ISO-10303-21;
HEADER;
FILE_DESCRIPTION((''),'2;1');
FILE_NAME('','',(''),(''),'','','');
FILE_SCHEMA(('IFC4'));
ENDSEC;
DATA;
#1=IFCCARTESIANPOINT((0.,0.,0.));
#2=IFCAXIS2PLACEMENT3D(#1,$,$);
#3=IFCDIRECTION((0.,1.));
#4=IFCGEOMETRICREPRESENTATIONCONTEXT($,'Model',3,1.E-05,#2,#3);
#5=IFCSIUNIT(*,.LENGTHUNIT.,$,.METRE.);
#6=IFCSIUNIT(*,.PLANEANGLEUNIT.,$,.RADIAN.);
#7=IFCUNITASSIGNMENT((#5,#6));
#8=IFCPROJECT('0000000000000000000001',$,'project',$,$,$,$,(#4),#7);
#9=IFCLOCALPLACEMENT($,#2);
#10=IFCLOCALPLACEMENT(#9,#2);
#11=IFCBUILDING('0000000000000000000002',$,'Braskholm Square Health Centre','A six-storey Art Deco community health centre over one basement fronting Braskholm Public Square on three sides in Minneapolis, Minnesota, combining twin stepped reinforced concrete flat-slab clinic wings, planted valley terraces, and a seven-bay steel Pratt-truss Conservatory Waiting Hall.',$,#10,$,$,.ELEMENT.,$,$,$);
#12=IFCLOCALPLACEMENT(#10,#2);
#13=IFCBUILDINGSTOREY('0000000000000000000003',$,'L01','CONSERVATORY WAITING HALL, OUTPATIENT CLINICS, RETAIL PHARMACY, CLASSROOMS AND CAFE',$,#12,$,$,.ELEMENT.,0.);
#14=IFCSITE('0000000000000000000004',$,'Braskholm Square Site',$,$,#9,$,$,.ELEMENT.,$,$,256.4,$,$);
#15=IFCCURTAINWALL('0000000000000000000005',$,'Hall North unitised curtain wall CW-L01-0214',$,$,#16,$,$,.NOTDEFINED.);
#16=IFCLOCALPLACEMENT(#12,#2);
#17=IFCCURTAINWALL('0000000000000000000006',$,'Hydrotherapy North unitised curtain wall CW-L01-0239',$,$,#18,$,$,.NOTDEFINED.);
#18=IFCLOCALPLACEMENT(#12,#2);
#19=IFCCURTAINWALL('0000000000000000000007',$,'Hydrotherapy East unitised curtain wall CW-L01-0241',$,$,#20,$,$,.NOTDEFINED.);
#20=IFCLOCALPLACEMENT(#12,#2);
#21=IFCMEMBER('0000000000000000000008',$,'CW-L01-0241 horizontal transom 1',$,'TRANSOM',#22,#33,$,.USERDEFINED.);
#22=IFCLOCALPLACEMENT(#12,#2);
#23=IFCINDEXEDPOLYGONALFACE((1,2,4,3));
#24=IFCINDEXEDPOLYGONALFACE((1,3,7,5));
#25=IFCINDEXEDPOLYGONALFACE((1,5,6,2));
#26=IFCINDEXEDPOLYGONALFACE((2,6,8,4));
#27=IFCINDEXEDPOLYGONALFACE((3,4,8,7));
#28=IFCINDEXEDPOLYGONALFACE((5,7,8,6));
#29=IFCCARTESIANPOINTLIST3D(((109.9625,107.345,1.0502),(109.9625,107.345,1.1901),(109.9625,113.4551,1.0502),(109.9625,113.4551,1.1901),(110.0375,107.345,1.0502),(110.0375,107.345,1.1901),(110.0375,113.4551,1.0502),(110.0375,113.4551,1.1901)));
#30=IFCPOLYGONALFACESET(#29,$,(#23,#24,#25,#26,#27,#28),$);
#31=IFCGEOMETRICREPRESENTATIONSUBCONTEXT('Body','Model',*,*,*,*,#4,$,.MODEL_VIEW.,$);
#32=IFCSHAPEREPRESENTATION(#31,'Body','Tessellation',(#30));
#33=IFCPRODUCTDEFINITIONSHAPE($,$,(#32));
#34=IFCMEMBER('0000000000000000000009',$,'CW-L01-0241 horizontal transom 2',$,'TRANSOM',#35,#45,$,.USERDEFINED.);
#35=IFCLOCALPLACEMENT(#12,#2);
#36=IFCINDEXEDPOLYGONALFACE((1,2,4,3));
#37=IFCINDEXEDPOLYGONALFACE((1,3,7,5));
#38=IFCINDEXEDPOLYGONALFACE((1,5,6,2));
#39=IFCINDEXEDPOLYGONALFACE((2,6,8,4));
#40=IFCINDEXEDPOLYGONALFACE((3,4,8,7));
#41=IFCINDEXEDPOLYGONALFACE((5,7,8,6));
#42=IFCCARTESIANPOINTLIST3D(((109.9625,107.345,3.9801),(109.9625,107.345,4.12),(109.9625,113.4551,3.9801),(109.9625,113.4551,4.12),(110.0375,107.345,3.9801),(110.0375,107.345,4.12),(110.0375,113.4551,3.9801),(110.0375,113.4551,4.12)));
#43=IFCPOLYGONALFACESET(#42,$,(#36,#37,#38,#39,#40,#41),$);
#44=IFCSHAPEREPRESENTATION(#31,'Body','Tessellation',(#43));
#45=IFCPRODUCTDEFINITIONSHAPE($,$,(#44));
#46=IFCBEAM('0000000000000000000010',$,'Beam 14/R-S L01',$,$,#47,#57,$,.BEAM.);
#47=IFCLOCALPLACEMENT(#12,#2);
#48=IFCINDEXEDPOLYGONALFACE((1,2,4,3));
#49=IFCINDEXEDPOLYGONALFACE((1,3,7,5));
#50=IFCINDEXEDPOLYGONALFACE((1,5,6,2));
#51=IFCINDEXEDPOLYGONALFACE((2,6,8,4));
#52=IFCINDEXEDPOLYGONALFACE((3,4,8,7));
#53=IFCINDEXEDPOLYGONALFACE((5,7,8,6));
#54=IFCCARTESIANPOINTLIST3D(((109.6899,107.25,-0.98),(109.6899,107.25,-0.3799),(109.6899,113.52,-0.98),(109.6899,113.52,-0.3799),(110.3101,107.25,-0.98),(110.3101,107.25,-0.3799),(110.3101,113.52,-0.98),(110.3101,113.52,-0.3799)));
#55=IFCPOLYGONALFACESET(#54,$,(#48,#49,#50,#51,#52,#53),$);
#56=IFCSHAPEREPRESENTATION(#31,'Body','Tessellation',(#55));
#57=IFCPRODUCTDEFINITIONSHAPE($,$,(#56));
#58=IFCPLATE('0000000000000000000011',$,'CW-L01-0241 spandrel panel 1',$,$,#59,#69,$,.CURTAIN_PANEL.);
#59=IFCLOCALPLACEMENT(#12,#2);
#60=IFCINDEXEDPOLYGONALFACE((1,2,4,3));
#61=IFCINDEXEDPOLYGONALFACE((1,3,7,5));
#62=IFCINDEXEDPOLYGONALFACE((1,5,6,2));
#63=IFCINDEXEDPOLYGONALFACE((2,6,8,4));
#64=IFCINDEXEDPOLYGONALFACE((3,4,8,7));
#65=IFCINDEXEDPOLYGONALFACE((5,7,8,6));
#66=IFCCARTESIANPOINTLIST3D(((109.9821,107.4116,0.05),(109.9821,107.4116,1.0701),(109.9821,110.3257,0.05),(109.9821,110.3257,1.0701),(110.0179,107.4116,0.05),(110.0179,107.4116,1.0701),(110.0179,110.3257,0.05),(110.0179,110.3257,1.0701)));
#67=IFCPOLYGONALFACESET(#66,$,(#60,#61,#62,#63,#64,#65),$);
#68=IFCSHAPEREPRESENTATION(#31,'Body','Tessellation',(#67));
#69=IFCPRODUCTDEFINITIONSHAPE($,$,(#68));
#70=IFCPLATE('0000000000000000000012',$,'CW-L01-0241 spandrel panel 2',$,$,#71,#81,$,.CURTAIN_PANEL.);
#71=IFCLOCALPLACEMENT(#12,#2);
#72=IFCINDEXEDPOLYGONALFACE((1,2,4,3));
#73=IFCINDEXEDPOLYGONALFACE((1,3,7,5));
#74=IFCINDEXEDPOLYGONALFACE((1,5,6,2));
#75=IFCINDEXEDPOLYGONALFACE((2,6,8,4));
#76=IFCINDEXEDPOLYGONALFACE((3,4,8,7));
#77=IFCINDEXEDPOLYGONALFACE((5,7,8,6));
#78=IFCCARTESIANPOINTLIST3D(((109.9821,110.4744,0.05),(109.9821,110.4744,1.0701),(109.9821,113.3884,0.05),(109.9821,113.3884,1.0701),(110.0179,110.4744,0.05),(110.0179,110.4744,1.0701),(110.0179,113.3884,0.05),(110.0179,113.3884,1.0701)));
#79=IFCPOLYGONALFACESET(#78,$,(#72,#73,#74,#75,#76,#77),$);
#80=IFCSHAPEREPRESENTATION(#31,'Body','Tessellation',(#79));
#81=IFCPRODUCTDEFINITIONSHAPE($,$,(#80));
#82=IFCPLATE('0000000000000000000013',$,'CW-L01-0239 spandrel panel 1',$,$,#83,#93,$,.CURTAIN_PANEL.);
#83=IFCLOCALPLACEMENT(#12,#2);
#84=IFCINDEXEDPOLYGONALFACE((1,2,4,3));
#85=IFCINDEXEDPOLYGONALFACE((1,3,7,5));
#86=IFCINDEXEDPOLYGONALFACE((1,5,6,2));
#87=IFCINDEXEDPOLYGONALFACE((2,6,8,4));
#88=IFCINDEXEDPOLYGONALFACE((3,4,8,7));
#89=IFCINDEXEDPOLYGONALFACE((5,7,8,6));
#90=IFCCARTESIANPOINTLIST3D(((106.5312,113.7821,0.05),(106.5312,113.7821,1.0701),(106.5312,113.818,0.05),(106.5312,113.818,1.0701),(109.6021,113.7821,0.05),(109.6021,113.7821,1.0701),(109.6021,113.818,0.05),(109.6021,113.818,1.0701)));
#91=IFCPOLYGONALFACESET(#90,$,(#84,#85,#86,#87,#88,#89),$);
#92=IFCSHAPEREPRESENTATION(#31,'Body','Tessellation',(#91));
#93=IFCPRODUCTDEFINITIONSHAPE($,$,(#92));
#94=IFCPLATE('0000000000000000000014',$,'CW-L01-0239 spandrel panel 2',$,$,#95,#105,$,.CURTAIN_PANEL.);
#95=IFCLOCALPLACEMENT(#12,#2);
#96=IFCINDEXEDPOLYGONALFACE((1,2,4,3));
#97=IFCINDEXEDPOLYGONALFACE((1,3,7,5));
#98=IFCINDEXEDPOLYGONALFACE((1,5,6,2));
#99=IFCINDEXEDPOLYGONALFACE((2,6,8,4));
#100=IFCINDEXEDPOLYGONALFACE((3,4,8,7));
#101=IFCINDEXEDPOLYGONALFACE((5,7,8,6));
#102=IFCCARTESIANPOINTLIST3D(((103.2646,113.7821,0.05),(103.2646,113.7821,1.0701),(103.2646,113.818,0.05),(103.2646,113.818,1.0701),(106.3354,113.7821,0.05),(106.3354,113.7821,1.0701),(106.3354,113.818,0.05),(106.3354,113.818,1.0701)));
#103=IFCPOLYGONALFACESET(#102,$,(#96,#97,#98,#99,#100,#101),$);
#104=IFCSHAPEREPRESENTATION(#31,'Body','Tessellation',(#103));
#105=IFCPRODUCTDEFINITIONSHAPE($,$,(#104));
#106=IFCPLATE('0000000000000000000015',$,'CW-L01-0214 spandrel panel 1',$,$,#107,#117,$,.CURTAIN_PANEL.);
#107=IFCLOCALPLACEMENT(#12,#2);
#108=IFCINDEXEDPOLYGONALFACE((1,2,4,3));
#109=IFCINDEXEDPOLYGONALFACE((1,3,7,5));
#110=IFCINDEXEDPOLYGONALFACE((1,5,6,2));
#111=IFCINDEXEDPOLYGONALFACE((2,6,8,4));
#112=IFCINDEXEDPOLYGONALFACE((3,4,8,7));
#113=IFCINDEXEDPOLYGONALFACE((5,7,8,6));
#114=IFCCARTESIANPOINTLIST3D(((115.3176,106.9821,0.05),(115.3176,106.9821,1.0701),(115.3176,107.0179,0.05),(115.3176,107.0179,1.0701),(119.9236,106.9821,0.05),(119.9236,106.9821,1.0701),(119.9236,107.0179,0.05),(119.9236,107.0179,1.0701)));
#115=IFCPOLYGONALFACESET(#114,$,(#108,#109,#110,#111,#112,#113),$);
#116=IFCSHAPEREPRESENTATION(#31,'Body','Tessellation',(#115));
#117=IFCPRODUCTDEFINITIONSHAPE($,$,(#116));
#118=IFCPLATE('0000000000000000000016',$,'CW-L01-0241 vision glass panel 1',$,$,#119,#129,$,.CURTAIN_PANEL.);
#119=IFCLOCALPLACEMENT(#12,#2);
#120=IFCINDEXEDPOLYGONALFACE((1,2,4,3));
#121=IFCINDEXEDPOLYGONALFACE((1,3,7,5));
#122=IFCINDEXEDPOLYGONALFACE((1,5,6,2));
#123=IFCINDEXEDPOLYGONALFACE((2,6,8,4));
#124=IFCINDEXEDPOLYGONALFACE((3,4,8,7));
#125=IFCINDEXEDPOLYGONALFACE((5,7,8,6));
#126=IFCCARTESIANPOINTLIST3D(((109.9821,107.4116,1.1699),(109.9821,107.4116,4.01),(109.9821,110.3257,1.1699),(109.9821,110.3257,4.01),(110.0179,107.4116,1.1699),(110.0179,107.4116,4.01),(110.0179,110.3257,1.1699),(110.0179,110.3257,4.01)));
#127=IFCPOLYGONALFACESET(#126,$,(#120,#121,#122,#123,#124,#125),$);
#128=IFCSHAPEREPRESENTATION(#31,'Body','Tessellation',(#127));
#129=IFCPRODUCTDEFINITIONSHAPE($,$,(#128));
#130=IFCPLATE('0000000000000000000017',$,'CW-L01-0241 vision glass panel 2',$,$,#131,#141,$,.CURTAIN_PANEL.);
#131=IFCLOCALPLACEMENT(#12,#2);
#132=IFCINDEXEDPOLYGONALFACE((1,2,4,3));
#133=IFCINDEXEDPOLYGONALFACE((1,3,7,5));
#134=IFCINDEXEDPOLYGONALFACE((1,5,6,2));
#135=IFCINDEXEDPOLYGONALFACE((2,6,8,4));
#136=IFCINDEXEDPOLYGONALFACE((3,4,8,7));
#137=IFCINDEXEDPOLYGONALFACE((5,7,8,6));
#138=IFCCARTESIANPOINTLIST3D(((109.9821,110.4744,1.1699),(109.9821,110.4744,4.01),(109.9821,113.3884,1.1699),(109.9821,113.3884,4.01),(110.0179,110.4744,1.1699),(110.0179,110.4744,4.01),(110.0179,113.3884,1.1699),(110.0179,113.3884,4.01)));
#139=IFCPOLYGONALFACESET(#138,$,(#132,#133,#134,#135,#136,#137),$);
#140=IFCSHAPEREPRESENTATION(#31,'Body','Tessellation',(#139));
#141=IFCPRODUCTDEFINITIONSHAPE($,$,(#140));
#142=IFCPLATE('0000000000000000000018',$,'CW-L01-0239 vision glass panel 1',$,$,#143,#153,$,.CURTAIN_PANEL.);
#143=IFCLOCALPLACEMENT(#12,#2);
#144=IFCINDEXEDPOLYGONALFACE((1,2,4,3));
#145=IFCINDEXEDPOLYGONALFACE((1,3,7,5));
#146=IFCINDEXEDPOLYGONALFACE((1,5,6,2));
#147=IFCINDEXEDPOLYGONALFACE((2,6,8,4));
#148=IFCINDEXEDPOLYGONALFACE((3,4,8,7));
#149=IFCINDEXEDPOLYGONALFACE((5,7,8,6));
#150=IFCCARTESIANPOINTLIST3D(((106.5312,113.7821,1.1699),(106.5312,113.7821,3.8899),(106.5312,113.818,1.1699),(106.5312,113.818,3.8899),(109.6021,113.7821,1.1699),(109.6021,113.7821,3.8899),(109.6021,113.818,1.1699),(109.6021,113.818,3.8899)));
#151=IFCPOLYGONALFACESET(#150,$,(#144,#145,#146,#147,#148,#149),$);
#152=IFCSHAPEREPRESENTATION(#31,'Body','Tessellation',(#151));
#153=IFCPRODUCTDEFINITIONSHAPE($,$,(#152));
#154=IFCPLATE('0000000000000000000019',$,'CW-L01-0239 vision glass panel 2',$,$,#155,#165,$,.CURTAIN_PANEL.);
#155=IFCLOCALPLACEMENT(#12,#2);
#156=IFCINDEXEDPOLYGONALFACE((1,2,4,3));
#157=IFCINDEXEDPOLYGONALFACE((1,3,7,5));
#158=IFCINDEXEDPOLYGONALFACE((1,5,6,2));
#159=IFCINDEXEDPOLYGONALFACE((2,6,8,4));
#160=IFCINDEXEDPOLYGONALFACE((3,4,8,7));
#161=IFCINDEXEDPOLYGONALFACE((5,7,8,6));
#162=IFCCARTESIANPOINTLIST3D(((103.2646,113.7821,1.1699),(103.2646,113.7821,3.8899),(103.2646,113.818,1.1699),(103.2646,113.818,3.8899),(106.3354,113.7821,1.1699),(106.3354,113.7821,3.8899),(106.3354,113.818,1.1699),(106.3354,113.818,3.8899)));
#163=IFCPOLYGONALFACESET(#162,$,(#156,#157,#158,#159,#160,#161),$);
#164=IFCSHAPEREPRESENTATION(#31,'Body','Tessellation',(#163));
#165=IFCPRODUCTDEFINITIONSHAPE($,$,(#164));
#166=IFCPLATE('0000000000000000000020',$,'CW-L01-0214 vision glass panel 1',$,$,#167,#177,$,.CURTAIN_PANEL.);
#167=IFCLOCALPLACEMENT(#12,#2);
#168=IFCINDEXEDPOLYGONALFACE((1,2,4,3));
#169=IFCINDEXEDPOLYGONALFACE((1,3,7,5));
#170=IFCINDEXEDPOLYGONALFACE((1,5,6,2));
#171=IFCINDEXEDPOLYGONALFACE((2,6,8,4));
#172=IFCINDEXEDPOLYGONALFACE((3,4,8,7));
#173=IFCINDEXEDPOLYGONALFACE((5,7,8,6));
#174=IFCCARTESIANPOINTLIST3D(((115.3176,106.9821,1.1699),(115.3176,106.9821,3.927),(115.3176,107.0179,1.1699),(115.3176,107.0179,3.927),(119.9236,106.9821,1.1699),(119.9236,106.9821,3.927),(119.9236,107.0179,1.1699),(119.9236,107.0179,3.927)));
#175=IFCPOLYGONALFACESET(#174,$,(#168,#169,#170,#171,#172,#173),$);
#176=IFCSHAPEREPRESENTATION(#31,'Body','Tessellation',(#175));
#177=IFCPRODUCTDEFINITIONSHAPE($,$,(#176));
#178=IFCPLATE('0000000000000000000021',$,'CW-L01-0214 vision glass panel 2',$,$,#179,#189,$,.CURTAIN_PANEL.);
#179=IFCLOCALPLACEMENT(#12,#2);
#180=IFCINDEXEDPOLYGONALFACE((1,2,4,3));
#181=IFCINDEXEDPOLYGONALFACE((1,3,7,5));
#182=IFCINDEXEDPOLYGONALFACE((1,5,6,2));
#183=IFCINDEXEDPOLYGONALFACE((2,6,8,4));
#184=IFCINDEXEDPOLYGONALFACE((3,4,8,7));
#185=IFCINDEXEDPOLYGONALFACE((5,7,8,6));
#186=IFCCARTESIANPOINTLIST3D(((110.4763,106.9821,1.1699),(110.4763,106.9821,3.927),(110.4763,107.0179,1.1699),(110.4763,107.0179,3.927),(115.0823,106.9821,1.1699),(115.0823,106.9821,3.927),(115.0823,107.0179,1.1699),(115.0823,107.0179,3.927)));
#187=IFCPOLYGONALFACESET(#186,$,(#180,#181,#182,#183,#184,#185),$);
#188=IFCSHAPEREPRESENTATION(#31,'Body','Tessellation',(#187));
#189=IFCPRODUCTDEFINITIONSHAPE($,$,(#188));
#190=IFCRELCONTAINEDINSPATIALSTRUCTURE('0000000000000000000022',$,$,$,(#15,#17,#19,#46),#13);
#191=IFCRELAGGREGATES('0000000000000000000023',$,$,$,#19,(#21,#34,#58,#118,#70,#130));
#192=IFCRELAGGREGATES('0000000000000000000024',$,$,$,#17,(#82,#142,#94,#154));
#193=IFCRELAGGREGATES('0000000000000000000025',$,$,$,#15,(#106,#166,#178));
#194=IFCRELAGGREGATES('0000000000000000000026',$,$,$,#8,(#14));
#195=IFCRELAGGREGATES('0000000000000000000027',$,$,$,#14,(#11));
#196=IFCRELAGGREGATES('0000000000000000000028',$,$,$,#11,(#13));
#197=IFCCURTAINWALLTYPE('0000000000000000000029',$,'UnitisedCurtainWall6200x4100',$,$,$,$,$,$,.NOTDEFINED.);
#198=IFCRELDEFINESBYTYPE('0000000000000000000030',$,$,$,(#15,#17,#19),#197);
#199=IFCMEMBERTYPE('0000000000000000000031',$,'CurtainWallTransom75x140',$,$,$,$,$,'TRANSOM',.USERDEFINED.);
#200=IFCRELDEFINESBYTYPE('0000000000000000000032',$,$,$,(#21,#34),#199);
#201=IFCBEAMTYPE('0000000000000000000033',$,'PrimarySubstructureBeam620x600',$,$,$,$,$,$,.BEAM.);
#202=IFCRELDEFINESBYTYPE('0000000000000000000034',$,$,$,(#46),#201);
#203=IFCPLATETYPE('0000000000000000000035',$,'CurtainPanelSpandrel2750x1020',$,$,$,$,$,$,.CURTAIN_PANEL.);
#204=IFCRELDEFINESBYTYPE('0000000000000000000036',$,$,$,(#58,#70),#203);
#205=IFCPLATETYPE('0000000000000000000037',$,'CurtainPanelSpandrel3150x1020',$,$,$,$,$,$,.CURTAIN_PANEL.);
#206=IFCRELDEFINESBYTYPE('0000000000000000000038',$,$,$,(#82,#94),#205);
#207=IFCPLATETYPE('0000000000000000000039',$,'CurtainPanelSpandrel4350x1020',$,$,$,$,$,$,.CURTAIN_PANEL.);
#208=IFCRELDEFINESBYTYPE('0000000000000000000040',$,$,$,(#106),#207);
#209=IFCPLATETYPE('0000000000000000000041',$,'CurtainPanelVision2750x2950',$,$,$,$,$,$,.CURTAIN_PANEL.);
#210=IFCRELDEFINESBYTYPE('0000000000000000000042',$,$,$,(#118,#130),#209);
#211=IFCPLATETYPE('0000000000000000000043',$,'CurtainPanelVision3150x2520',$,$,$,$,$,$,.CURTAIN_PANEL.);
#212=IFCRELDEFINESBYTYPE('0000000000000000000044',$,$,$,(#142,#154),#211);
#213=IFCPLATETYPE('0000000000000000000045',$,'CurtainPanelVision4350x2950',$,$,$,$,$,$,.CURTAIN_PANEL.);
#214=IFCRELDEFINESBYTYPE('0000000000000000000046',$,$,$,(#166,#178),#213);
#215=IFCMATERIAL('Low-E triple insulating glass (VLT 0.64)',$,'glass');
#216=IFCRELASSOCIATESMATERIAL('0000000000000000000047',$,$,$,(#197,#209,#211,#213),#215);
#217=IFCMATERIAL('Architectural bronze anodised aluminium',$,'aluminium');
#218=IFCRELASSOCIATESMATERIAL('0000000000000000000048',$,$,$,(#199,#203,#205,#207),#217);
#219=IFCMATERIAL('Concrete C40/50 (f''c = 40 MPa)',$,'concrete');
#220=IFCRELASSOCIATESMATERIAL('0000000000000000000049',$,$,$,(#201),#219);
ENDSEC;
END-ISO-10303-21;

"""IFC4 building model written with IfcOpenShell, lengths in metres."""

from ifc_helpers import new_model, si_unit, direction, frame, origin, origin_2d, place, context, subcontext, project, spatial, rectangle, extrude, material, material_profile, profile_set, type_object, element, aggregate, save


model = new_model("IFC4")

# Units and contexts
model_context = context("Model", 3, precision=1e-05, world=origin(), true_north=direction((0.0, 1.0)))
body_context = subcontext(model_context, "Body", "Model", "MODEL_VIEW")
ifc_project = project(units=[si_unit("LENGTHUNIT", "METRE"), si_unit("PLANEANGLEUNIT", "RADIAN")], contexts=[model_context])

# Site, building, storey
site_placement = place(None, origin())
site = spatial("IfcSite", under=ifc_project, at=site_placement, Name="Braskholm Square Site", CompositionType="ELEMENT", RefElevation=256.4)
building_placement = place(site_placement, origin())
building = spatial("IfcBuilding", under=site, at=building_placement, Name="Braskholm Square Health Centre", Description="A six-storey Art Deco community health centre over one basement fronting Braskholm Public Square on three sides in Minneapolis, Minnesota, combining twin stepped reinforced concrete flat-slab clinic wings, planted valley terraces, and a seven-bay steel Pratt-truss Conservatory Waiting Hall.", CompositionType="ELEMENT")
storey_placement = place(building_placement, origin())
storey = spatial("IfcBuildingStorey", under=building, at=storey_placement, Name="L01", Description="CONSERVATORY WAITING HALL, OUTPATIENT CLINICS, RETAIL PHARMACY, CLASSROOMS AND CAFE", CompositionType="ELEMENT", Elevation=0.0)

# Shared definitions
ifc_material_1 = material(Name="Concrete C40/50 (f'c = 40 MPa)", Category="concrete")

# Curtain walls
ifc_material_2 = material(Name="Low-E triple insulating glass (VLT 0.64)", Category="glass")
curtain_wall_type = type_object("IfcCurtainWallType", Name="UnitisedCurtainWall6200x4100", PredefinedType="NOTDEFINED", material=ifc_material_2)
curtain_wall_1_placement = place(storey_placement, origin())
curtain_wall_1 = element("IfcCurtainWall", 1, at=curtain_wall_1_placement, inside=storey, type_object=curtain_wall_type, Name="Hall North unitised curtain wall CW-L01-0214", PredefinedType="NOTDEFINED")
ifc_material_3 = material(Name="Architectural bronze anodised aluminium", Category="aluminium")
curtain_wall_2_placement = place(storey_placement, origin())
curtain_wall_2 = element("IfcCurtainWall", 2, at=curtain_wall_2_placement, inside=storey, type_object=curtain_wall_type, Name="Hydrotherapy North unitised curtain wall CW-L01-0239", PredefinedType="NOTDEFINED")
curtain_wall_3_placement = place(storey_placement, origin())
curtain_wall_3 = element("IfcCurtainWall", 3, at=curtain_wall_3_placement, inside=storey, type_object=curtain_wall_type, Name="Hydrotherapy East unitised curtain wall CW-L01-0241", PredefinedType="NOTDEFINED")

# Members
ifc_material_profile_1 = material_profile(ifc_material_3, rectangle(XDim=0.075, YDim=0.1399, at=origin_2d()), Name="ALU-75X140")
ifc_profile_set_1 = profile_set([ifc_material_profile_1], Name="Architectural bronze anodised aluminium")
member_type_1 = type_object("IfcMemberType", Name="CurtainWallTransom75x140", ElementType="TRANSOM", PredefinedType="USERDEFINED", material=ifc_profile_set_1)
member_1_placement = place(storey_placement, frame((110.0, 107.345, 1.1201), z_axis=(0.0, 1.0, 0.0), x_axis=(-1.0, 0.0, 0.0)))
member_1 = element("IfcMember", 4, at=member_1_placement, type_object=member_type_1, Name="CW-L01-0241 horizontal transom 1", ObjectType="TRANSOM", PredefinedType="USERDEFINED", context=body_context, shape_type="SweptSolid", body=[
    extrude(rectangle(XDim=0.075, YDim=0.1399, at=origin_2d()), origin(), (0.0, 0.0, 1.0), 6.1101),
])
member_2_placement = place(storey_placement, frame((110.0, 107.345, 4.05), z_axis=(0.0, 1.0, 0.0), x_axis=(-1.0, 0.0, 0.0)))
member_2 = element("IfcMember", 5, at=member_2_placement, type_object=member_type_1, Name="CW-L01-0241 horizontal transom 2", ObjectType="TRANSOM", PredefinedType="USERDEFINED", context=body_context, shape_type="SweptSolid", body=[
    extrude(rectangle(XDim=0.075, YDim=0.1399, at=origin_2d()), origin(), (0.0, 0.0, 1.0), 6.1101),
])

# Beam
ifc_material_profile_2 = material_profile(ifc_material_1, rectangle(XDim=0.6201, YDim=0.6001, at=origin_2d()), Name="RCB-620X600")
ifc_profile_set_2 = profile_set([ifc_material_profile_2], Name="Concrete C40/50 (f'c = 40 MPa)")
beam_type = type_object("IfcBeamType", Name="PrimarySubstructureBeam620x600", PredefinedType="BEAM", material=ifc_profile_set_2)
beam_placement = place(storey_placement, frame((110.0, 107.25, -0.6799), z_axis=(0.0, 1.0, 0.0), x_axis=(-1.0, 0.0, 0.0)))
element("IfcBeam", 6, at=beam_placement, inside=storey, type_object=beam_type, Name="Beam 14/R-S L01", PredefinedType="BEAM", context=body_context, shape_type="SweptSolid", body=[
    extrude(rectangle(XDim=0.6201, YDim=0.6001, at=origin_2d()), origin(), (0.0, 0.0, 1.0), 6.27),
])

# Plates
plate_type_1 = type_object("IfcPlateType", Name="CurtainPanelSpandrel2750x1020", PredefinedType="CURTAIN_PANEL", material=ifc_material_3)
plate_1_placement = place(storey_placement, frame((110.0, 108.8687, 0.05), z_axis=(0.0, 0.0, 1.0), x_axis=(0.0, 1.0, 0.0)))
plate_1 = element("IfcPlate", 7, at=plate_1_placement, type_object=plate_type_1, Name="CW-L01-0241 spandrel panel 1", PredefinedType="CURTAIN_PANEL", context=body_context, shape_type="SweptSolid", body=[
    extrude(rectangle(XDim=2.9141, YDim=0.0359, at=origin_2d()), origin(), (0.0, 0.0, 1.0), 1.02),
])
plate_2_placement = place(storey_placement, frame((110.0, 111.9314, 0.05), z_axis=(0.0, 0.0, 1.0), x_axis=(0.0, 1.0, 0.0)))
plate_2 = element("IfcPlate", 8, at=plate_2_placement, type_object=plate_type_1, Name="CW-L01-0241 spandrel panel 2", PredefinedType="CURTAIN_PANEL", context=body_context, shape_type="SweptSolid", body=[
    extrude(rectangle(XDim=2.9141, YDim=0.0359, at=origin_2d()), origin(), (0.0, 0.0, 1.0), 1.02),
])
plate_type_2 = type_object("IfcPlateType", Name="CurtainPanelSpandrel3150x1020", PredefinedType="CURTAIN_PANEL", material=ifc_material_3)
plate_3_placement = place(storey_placement, frame((108.0667, 113.8, 0.05), z_axis=(0.0, 0.0, 1.0), x_axis=(-1.0, 0.0, 0.0)))
plate_3 = element("IfcPlate", 9, at=plate_3_placement, type_object=plate_type_2, Name="CW-L01-0239 spandrel panel 1", PredefinedType="CURTAIN_PANEL", context=body_context, shape_type="SweptSolid", body=[
    extrude(rectangle(XDim=3.0708, YDim=0.0359, at=origin_2d()), origin(), (0.0, 0.0, 1.0), 1.02),
])
plate_4_placement = place(storey_placement, frame((104.8, 113.8, 0.05), z_axis=(0.0, 0.0, 1.0), x_axis=(-1.0, 0.0, 0.0)))
plate_4 = element("IfcPlate", 10, at=plate_4_placement, type_object=plate_type_2, Name="CW-L01-0239 spandrel panel 2", PredefinedType="CURTAIN_PANEL", context=body_context, shape_type="SweptSolid", body=[
    extrude(rectangle(XDim=3.0708, YDim=0.0359, at=origin_2d()), origin(), (0.0, 0.0, 1.0), 1.02),
])
plate_type_3 = type_object("IfcPlateType", Name="CurtainPanelSpandrel4350x1020", PredefinedType="CURTAIN_PANEL", material=ifc_material_3)
plate_5_placement = place(storey_placement, frame((117.6206, 107.0, 0.05), z_axis=(0.0, 0.0, 1.0), x_axis=(-1.0, 0.0, 0.0)))
plate_5 = element("IfcPlate", 11, at=plate_5_placement, type_object=plate_type_3, Name="CW-L01-0214 spandrel panel 1", PredefinedType="CURTAIN_PANEL", context=body_context, shape_type="SweptSolid", body=[
    extrude(rectangle(XDim=4.606, YDim=0.0359, at=origin_2d()), origin(), (0.0, 0.0, 1.0), 1.02),
])
plate_type_4 = type_object("IfcPlateType", Name="CurtainPanelVision2750x2950", PredefinedType="CURTAIN_PANEL", material=ifc_material_2)
plate_6_placement = place(storey_placement, frame((110.0, 108.8687, 1.1699), z_axis=(0.0, 0.0, 1.0), x_axis=(0.0, 1.0, 0.0)))
plate_6 = element("IfcPlate", 12, at=plate_6_placement, type_object=plate_type_4, Name="CW-L01-0241 vision glass panel 1", PredefinedType="CURTAIN_PANEL", context=body_context, shape_type="SweptSolid", body=[
    extrude(rectangle(XDim=2.9141, YDim=0.0359, at=origin_2d()), origin(), (0.0, 0.0, 1.0), 2.8401),
])
plate_7_placement = place(storey_placement, frame((110.0, 111.9314, 1.1699), z_axis=(0.0, 0.0, 1.0), x_axis=(0.0, 1.0, 0.0)))
plate_7 = element("IfcPlate", 13, at=plate_7_placement, type_object=plate_type_4, Name="CW-L01-0241 vision glass panel 2", PredefinedType="CURTAIN_PANEL", context=body_context, shape_type="SweptSolid", body=[
    extrude(rectangle(XDim=2.9141, YDim=0.0359, at=origin_2d()), origin(), (0.0, 0.0, 1.0), 2.8401),
])
aggregate(curtain_wall_3, [member_1, member_2, plate_1, plate_6, plate_2, plate_7])
plate_type_5 = type_object("IfcPlateType", Name="CurtainPanelVision3150x2520", PredefinedType="CURTAIN_PANEL", material=ifc_material_2)
plate_8_placement = place(storey_placement, frame((108.0667, 113.8, 1.1699), z_axis=(0.0, 0.0, 1.0), x_axis=(-1.0, 0.0, 0.0)))
plate_8 = element("IfcPlate", 14, at=plate_8_placement, type_object=plate_type_5, Name="CW-L01-0239 vision glass panel 1", PredefinedType="CURTAIN_PANEL", context=body_context, shape_type="SweptSolid", body=[
    extrude(rectangle(XDim=3.0708, YDim=0.0359, at=origin_2d()), origin(), (0.0, 0.0, 1.0), 2.72),
])
plate_9_placement = place(storey_placement, frame((104.8, 113.8, 1.1699), z_axis=(0.0, 0.0, 1.0), x_axis=(-1.0, 0.0, 0.0)))
plate_9 = element("IfcPlate", 15, at=plate_9_placement, type_object=plate_type_5, Name="CW-L01-0239 vision glass panel 2", PredefinedType="CURTAIN_PANEL", context=body_context, shape_type="SweptSolid", body=[
    extrude(rectangle(XDim=3.0708, YDim=0.0359, at=origin_2d()), origin(), (0.0, 0.0, 1.0), 2.72),
])
aggregate(curtain_wall_2, [plate_3, plate_8, plate_4, plate_9])
plate_type_6 = type_object("IfcPlateType", Name="CurtainPanelVision4350x2950", PredefinedType="CURTAIN_PANEL", material=ifc_material_2)
plate_10_placement = place(storey_placement, frame((117.6206, 107.0, 1.1699), z_axis=(0.0, 0.0, 1.0), x_axis=(-1.0, 0.0, 0.0)))
plate_10 = element("IfcPlate", 16, at=plate_10_placement, type_object=plate_type_6, Name="CW-L01-0214 vision glass panel 1", PredefinedType="CURTAIN_PANEL", context=body_context, shape_type="SweptSolid", body=[
    extrude(rectangle(XDim=4.606, YDim=0.0359, at=origin_2d()), origin(), (0.0, 0.0, 1.0), 2.7571),
])
plate_11_placement = place(storey_placement, frame((112.7793, 107.0, 1.1699), z_axis=(0.0, 0.0, 1.0), x_axis=(-1.0, 0.0, 0.0)))
plate_11 = element("IfcPlate", 17, at=plate_11_placement, type_object=plate_type_6, Name="CW-L01-0214 vision glass panel 2", PredefinedType="CURTAIN_PANEL", context=body_context, shape_type="SweptSolid", body=[
    extrude(rectangle(XDim=4.606, YDim=0.0359, at=origin_2d()), origin(), (0.0, 0.0, 1.0), 2.7571),
])
aggregate(curtain_wall_1, [plate_5, plate_10, plate_11])

save(model, "model.ifc")
